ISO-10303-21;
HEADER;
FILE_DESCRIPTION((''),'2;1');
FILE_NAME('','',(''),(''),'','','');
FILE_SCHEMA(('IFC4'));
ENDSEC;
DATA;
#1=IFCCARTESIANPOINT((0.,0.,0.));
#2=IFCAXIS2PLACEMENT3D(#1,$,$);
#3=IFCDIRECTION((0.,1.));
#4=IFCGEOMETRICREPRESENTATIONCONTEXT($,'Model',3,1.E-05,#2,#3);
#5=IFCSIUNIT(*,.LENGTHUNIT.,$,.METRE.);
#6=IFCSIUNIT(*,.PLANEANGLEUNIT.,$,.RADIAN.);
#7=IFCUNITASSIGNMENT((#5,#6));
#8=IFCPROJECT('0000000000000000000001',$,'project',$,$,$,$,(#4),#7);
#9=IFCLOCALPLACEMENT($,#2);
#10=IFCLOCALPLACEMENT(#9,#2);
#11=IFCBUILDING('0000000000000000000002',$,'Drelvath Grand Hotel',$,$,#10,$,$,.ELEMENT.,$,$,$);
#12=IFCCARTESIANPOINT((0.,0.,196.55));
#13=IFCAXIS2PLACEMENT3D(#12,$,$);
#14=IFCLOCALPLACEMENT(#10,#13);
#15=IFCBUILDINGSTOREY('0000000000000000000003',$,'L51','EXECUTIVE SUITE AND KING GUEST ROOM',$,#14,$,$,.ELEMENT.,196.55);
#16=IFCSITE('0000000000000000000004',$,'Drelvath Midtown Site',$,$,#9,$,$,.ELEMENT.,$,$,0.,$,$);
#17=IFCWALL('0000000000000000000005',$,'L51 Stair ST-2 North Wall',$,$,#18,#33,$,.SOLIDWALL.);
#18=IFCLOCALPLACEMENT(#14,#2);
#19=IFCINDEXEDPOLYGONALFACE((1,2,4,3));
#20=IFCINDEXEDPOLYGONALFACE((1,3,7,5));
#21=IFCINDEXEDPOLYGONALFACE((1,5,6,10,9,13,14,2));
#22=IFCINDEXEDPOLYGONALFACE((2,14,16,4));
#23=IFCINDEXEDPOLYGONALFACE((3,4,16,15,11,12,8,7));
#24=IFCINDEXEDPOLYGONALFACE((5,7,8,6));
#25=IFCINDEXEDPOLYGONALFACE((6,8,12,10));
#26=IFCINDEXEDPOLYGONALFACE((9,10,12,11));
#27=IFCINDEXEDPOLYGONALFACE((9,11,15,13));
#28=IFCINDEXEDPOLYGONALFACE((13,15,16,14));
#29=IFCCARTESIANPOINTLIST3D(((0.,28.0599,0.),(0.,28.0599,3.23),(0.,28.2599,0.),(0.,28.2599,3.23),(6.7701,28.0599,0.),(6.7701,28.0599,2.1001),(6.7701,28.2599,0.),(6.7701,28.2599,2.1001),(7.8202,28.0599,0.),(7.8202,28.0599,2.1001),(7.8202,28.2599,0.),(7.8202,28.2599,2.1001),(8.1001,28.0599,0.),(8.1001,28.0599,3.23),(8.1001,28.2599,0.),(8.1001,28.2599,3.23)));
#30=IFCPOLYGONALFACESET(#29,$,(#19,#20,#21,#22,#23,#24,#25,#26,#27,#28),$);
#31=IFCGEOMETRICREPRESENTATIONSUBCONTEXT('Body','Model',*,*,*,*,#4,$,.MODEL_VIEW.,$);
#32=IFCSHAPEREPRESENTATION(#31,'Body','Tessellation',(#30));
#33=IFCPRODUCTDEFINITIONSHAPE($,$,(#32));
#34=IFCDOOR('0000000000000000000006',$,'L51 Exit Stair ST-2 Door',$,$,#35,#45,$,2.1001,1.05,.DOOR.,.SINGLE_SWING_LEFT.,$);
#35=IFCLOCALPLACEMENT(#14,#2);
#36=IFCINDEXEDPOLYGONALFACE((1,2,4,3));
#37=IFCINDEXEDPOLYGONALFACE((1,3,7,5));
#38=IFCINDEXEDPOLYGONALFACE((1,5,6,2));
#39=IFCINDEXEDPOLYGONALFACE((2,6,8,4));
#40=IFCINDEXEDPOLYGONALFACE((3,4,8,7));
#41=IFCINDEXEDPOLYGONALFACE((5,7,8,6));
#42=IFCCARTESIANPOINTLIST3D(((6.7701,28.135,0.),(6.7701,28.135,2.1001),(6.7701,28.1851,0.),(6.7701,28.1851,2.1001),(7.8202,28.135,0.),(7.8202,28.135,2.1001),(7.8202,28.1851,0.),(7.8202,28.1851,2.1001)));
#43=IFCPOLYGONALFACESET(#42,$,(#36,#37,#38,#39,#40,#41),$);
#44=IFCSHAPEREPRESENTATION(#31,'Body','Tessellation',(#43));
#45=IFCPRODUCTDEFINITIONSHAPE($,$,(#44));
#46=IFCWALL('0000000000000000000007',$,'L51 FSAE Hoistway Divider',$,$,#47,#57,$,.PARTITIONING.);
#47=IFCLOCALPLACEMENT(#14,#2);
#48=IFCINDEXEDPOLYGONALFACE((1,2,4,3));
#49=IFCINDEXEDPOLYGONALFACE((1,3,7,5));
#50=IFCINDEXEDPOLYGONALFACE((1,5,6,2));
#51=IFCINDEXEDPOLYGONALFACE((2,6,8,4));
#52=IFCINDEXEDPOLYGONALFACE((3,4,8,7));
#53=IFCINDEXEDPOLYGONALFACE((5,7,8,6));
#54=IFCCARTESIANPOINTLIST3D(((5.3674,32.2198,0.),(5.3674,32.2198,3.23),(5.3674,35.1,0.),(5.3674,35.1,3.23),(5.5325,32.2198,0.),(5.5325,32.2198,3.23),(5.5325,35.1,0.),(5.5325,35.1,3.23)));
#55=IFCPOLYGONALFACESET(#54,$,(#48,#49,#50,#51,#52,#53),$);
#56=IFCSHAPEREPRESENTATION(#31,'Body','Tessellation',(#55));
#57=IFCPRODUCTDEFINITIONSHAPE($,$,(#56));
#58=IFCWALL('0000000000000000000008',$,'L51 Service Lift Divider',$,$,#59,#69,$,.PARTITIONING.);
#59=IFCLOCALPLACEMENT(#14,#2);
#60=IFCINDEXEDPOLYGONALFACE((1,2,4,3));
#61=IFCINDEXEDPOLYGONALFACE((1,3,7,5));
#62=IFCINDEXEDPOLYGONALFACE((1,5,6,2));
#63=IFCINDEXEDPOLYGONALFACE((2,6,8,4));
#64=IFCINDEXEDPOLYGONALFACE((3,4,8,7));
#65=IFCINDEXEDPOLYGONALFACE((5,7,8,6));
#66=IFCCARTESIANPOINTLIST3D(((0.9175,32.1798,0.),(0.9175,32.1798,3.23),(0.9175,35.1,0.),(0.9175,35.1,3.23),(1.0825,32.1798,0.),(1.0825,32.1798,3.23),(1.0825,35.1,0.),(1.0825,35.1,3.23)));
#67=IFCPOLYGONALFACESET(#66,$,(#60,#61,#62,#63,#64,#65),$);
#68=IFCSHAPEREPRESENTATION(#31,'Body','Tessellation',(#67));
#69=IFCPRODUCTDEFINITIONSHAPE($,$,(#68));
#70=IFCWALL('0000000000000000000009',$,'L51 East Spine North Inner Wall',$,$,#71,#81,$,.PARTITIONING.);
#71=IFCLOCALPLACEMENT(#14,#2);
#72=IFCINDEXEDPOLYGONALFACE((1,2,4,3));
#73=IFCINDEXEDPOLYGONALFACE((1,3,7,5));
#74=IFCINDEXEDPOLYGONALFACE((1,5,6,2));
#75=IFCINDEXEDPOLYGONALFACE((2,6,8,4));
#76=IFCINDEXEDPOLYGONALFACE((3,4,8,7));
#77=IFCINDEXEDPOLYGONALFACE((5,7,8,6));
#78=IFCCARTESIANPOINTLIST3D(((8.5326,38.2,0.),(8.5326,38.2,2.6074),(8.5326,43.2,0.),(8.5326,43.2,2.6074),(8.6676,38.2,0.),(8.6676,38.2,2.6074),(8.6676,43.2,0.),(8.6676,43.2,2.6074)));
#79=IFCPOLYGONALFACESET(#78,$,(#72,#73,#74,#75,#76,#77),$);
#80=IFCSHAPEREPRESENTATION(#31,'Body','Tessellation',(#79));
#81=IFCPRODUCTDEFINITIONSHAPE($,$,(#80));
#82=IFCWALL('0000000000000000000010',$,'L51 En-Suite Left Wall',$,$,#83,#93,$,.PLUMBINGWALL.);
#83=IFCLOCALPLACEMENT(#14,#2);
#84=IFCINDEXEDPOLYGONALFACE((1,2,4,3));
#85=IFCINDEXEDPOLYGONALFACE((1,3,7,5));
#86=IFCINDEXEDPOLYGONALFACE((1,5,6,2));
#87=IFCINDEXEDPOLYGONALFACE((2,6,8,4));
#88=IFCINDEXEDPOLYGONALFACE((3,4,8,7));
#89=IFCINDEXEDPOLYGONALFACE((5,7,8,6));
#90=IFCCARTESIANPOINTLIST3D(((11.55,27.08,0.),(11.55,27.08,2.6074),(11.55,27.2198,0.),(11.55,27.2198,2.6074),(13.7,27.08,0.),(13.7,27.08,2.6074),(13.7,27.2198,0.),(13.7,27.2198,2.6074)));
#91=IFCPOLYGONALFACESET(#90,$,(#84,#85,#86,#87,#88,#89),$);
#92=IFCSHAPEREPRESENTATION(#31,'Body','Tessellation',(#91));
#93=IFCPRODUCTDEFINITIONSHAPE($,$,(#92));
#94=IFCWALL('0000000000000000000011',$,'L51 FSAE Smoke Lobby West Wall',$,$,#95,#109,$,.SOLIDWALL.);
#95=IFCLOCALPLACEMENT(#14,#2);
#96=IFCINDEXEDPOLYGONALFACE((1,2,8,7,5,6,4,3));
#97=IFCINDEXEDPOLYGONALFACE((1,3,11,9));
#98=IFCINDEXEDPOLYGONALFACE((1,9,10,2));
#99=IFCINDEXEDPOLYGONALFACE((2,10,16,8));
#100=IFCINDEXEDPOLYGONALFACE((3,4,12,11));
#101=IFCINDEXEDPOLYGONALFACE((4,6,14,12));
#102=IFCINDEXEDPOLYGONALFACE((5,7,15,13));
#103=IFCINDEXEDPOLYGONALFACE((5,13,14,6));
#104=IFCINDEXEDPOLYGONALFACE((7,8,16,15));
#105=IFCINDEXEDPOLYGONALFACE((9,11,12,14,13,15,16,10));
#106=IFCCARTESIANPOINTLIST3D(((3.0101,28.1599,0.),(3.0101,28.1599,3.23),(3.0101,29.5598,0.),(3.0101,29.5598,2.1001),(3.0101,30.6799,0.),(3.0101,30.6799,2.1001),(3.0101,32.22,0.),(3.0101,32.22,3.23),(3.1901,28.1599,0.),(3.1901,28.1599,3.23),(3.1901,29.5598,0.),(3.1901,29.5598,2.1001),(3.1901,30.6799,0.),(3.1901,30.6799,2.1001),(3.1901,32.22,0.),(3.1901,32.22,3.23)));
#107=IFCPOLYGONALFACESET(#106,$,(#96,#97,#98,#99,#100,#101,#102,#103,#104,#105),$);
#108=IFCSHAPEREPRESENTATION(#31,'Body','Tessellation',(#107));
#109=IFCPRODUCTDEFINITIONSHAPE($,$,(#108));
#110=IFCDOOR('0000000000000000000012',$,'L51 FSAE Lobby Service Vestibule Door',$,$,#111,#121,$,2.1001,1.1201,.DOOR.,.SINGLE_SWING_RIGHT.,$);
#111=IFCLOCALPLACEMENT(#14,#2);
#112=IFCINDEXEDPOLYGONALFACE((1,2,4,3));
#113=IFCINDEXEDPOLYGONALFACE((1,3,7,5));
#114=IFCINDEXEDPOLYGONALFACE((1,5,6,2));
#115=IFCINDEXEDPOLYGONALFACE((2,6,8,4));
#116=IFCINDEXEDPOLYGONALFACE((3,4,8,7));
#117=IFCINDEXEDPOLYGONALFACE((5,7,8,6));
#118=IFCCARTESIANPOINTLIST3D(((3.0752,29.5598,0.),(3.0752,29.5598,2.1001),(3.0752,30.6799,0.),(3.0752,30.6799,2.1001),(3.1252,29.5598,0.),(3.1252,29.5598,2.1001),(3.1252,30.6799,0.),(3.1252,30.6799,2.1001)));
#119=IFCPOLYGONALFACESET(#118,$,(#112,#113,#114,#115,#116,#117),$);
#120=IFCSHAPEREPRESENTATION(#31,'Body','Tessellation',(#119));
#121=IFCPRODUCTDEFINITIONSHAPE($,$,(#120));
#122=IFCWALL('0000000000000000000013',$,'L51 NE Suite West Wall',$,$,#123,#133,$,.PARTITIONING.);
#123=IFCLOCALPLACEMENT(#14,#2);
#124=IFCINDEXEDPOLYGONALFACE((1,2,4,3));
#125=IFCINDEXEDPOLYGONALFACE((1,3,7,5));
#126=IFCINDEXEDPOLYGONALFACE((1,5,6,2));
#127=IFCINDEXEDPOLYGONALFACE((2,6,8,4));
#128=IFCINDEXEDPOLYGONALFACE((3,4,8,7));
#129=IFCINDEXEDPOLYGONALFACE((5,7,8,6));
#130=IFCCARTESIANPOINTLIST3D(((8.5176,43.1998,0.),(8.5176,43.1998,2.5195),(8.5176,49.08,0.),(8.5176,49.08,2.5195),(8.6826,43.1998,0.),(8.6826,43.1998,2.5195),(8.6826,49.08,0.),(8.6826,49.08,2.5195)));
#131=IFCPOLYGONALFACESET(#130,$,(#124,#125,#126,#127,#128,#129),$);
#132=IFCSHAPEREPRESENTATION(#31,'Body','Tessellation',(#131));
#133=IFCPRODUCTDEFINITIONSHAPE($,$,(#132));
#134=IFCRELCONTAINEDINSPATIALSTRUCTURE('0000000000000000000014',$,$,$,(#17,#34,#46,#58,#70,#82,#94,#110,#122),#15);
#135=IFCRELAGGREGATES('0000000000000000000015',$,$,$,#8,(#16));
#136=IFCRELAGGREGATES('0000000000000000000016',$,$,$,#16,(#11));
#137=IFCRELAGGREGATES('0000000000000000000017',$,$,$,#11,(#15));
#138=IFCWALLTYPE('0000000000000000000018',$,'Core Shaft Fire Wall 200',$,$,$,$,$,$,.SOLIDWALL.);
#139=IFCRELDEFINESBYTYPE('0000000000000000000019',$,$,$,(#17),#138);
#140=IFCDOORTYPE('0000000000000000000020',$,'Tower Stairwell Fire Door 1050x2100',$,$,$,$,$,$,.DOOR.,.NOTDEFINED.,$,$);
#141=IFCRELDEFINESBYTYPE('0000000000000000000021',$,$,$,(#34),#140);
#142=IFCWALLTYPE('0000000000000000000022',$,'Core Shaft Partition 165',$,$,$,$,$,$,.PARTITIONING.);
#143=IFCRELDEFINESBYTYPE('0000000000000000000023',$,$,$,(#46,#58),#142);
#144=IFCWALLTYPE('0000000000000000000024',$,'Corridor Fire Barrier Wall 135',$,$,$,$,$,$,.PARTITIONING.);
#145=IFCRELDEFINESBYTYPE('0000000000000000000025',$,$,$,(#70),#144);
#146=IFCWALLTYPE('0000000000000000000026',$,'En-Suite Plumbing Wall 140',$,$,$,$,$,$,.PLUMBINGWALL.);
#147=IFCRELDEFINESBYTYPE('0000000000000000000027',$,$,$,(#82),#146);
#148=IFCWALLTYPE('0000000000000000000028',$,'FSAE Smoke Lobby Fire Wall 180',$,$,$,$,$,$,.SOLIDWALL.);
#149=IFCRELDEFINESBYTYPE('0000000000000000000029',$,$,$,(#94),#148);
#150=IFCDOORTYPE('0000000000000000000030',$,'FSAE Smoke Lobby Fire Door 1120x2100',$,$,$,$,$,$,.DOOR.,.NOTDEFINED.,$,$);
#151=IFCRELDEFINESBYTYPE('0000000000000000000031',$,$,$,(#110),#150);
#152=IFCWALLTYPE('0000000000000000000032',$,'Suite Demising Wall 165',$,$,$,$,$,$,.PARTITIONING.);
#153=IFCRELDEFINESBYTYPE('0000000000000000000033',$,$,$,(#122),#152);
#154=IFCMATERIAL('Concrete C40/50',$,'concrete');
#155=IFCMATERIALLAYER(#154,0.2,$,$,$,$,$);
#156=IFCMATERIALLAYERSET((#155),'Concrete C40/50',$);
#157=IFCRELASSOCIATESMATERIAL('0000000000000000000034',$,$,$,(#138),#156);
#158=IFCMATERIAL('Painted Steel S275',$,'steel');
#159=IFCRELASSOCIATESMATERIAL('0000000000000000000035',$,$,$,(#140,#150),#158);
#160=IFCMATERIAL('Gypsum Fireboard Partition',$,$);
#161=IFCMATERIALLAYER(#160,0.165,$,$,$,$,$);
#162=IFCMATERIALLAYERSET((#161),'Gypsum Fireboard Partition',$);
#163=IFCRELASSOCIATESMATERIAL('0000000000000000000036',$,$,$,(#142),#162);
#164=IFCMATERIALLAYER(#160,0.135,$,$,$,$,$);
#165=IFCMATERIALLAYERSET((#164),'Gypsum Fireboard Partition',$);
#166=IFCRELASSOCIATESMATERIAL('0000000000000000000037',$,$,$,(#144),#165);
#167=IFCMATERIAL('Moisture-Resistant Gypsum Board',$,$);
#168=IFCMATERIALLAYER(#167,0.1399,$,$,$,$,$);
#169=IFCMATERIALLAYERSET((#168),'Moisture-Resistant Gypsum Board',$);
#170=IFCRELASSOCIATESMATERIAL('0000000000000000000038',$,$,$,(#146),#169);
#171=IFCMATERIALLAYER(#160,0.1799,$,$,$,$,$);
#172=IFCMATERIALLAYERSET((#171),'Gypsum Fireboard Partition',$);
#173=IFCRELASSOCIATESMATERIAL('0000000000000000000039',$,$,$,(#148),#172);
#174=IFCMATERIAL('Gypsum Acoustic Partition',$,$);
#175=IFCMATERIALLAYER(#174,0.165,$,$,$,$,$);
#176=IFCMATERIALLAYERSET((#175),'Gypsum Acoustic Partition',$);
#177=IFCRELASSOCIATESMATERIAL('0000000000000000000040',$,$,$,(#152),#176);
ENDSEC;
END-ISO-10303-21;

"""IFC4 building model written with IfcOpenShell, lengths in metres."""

from ifc_helpers import new_model, si_unit, direction, frame, frame_2d, origin, place, context, subcontext, project, spatial, rectangle, extrude, material, layer, layer_set, type_object, element, fill, save


model = new_model("IFC4")

# Units and contexts
model_context = context("Model", 3, precision=1e-05, world=origin(), true_north=direction((0.0, 1.0)))
body_context = subcontext(model_context, "Body", "Model", "MODEL_VIEW")
ifc_project = project(units=[si_unit("LENGTHUNIT", "METRE"), si_unit("PLANEANGLEUNIT", "RADIAN")], contexts=[model_context])

# Site, building, storey
site_placement = place(None, origin())
site = spatial("IfcSite", under=ifc_project, at=site_placement, Name="Drelvath Midtown Site", CompositionType="ELEMENT", RefElevation=0.0)
building_placement = place(site_placement, origin())
building = spatial("IfcBuilding", under=site, at=building_placement, Name="Drelvath Grand Hotel", CompositionType="ELEMENT")
storey_placement = place(building_placement, frame((0.0, 0.0, 196.55)))
storey = spatial("IfcBuildingStorey", under=building, at=storey_placement, Name="L51", Description="EXECUTIVE SUITE AND KING GUEST ROOM", CompositionType="ELEMENT", Elevation=196.55)

# Shared definitions
ifc_material_1 = material(Name="Concrete C40/50", Category="concrete")

# Wall, opening, door
ifc_layer_1 = layer(ifc_material_1, 0.2)
ifc_layer_set_1 = layer_set([ifc_layer_1], Name="Concrete C40/50")
wall_type_1 = type_object("IfcWallType", Name="Core Shaft Fire Wall 200", PredefinedType="SOLIDWALL", material=ifc_layer_set_1)
wall_1_placement = place(storey_placement, frame((8.1001, 28.1599, 0.0), z_axis=(0.0, 0.0, 1.0), x_axis=(-1.0, 0.0, 0.0)))
wall_1 = element("IfcWall", 1, at=wall_1_placement, inside=storey, type_object=wall_type_1, Name="L51 Stair ST-2 North Wall", PredefinedType="SOLIDWALL", context=body_context, shape_type="SweptSolid", body=[
    extrude(rectangle(XDim=8.1001, YDim=0.2, at=frame_2d((4.05, 0.0))), origin(), (0.0, 0.0, 1.0), 3.23),
])
opening_1_placement = place(wall_1_placement, frame((0.28, 0.0, 0.0)))
opening_1 = element("IfcOpeningElement", 2, at=opening_1_placement, cuts=wall_1, PredefinedType="OPENING", context=body_context, shape_type="SweptSolid", body=[
    extrude(rectangle(XDim=1.05, YDim=2.1001, at=frame_2d((0.5249, 1.05))), frame((0.0, 0.1099, 0.0), z_axis=(0.0, -1.0, 0.0), x_axis=(1.0, 0.0, 0.0)), (0.0, 0.0, 1.0), 0.22),
])
ifc_material_2 = material(Name="Painted Steel S275", Category="steel")
door_type_1 = type_object("IfcDoorType", Name="Tower Stairwell Fire Door 1050x2100", OperationType="NOTDEFINED", PredefinedType="DOOR", material=ifc_material_2)
door_1_placement = place(opening_1_placement, origin())
door_1 = element("IfcDoor", 3, at=door_1_placement, inside=storey, type_object=door_type_1, Name="L51 Exit Stair ST-2 Door", OperationType="SINGLE_SWING_LEFT", OverallHeight=2.1001, OverallWidth=1.05, PredefinedType="DOOR", context=body_context, shape_type="SweptSolid", body=[
    extrude(rectangle(XDim=1.05, YDim=2.1001, at=frame_2d((0.5249, 1.05))), frame((0.0, 0.0249, 0.0), z_axis=(0.0, -1.0, 0.0), x_axis=(1.0, 0.0, 0.0)), (0.0, 0.0, 1.0), 0.05),
])
fill(opening_1, door_1)

# Walls
ifc_material_3 = material(Name="Gypsum Fireboard Partition")
ifc_layer_2 = layer(ifc_material_3, 0.165)
ifc_layer_set_2 = layer_set([ifc_layer_2], Name="Gypsum Fireboard Partition")
wall_type_2 = type_object("IfcWallType", Name="Core Shaft Partition 165", PredefinedType="PARTITIONING", material=ifc_layer_set_2)
wall_2_placement = place(storey_placement, frame((5.45, 32.22, 0.0), z_axis=(0.0, 0.0, 1.0), x_axis=(0.0, 1.0, 0.0)))
element("IfcWall", 4, at=wall_2_placement, inside=storey, type_object=wall_type_2, Name="L51 FSAE Hoistway Divider", PredefinedType="PARTITIONING", context=body_context, shape_type="SweptSolid", body=[
    extrude(rectangle(XDim=2.8801, YDim=0.165, at=frame_2d((1.4399, 0.0))), origin(), (0.0, 0.0, 1.0), 3.23),
])
wall_3_placement = place(storey_placement, frame((1.0, 32.1799, 0.0), z_axis=(0.0, 0.0, 1.0), x_axis=(0.0, 1.0, 0.0)))
element("IfcWall", 5, at=wall_3_placement, inside=storey, type_object=wall_type_2, Name="L51 Service Lift Divider", PredefinedType="PARTITIONING", context=body_context, shape_type="SweptSolid", body=[
    extrude(rectangle(XDim=2.9202, YDim=0.165, at=frame_2d((1.46, 0.0))), origin(), (0.0, 0.0, 1.0), 3.23),
])
ifc_layer_3 = layer(ifc_material_3, 0.135)
ifc_layer_set_3 = layer_set([ifc_layer_3], Name="Gypsum Fireboard Partition")
wall_type_3 = type_object("IfcWallType", Name="Corridor Fire Barrier Wall 135", PredefinedType="PARTITIONING", material=ifc_layer_set_3)
wall_4_placement = place(storey_placement, frame((8.6001, 38.2, 0.0), z_axis=(0.0, 0.0, 1.0), x_axis=(0.0, 1.0, 0.0)))
element("IfcWall", 6, at=wall_4_placement, inside=storey, type_object=wall_type_3, Name="L51 East Spine North Inner Wall", PredefinedType="PARTITIONING", context=body_context, shape_type="SweptSolid", body=[
    extrude(rectangle(XDim=5.0, YDim=0.135, at=frame_2d((2.5, 0.0))), origin(), (0.0, 0.0, 1.0), 2.6074),
])

# Wall
ifc_material_4 = material(Name="Moisture-Resistant Gypsum Board")
ifc_layer_4 = layer(ifc_material_4, 0.1399)
ifc_layer_set_4 = layer_set([ifc_layer_4], Name="Moisture-Resistant Gypsum Board")
wall_type_4 = type_object("IfcWallType", Name="En-Suite Plumbing Wall 140", PredefinedType="PLUMBINGWALL", material=ifc_layer_set_4)
wall_5_placement = place(storey_placement, frame((11.55, 27.1499, 0.0), z_axis=(0.0, 0.0, 1.0), x_axis=(1.0, 0.0, 0.0)))
element("IfcWall", 7, at=wall_5_placement, inside=storey, type_object=wall_type_4, Name="L51 En-Suite Left Wall", PredefinedType="PLUMBINGWALL", context=body_context, shape_type="SweptSolid", body=[
    extrude(rectangle(XDim=2.1499, YDim=0.1399, at=frame_2d((1.075, 0.0))), origin(), (0.0, 0.0, 1.0), 2.6074),
])

# Wall, opening, door
ifc_layer_5 = layer(ifc_material_3, 0.1799)
ifc_layer_set_5 = layer_set([ifc_layer_5], Name="Gypsum Fireboard Partition")
wall_type_5 = type_object("IfcWallType", Name="FSAE Smoke Lobby Fire Wall 180", PredefinedType="SOLIDWALL", material=ifc_layer_set_5)
wall_6_placement = place(storey_placement, frame((3.1001, 28.1599, 0.0), z_axis=(0.0, 0.0, 1.0), x_axis=(0.0, 1.0, 0.0)))
wall_6 = element("IfcWall", 8, at=wall_6_placement, inside=storey, type_object=wall_type_5, Name="L51 FSAE Smoke Lobby West Wall", PredefinedType="SOLIDWALL", context=body_context, shape_type="SweptSolid", body=[
    extrude(rectangle(XDim=4.0601, YDim=0.1799, at=frame_2d((2.03, 0.0))), origin(), (0.0, 0.0, 1.0), 3.23),
])
opening_2_placement = place(wall_6_placement, frame((1.3999, 0.0, 0.0)))
opening_2 = element("IfcOpeningElement", 9, at=opening_2_placement, cuts=wall_6, PredefinedType="OPENING", context=body_context, shape_type="SweptSolid", body=[
    extrude(rectangle(XDim=1.1201, YDim=2.1001, at=frame_2d((0.5601, 1.05))), frame((0.0, 0.0999, 0.0), z_axis=(0.0, -1.0, 0.0), x_axis=(1.0, 0.0, 0.0)), (0.0, 0.0, 1.0), 0.2),
])
door_type_2 = type_object("IfcDoorType", Name="FSAE Smoke Lobby Fire Door 1120x2100", OperationType="NOTDEFINED", PredefinedType="DOOR", material=ifc_material_2)
door_2_placement = place(opening_2_placement, origin())
door_2 = element("IfcDoor", 10, at=door_2_placement, inside=storey, type_object=door_type_2, Name="L51 FSAE Lobby Service Vestibule Door", OperationType="SINGLE_SWING_RIGHT", OverallHeight=2.1001, OverallWidth=1.1201, PredefinedType="DOOR", context=body_context, shape_type="SweptSolid", body=[
    extrude(rectangle(XDim=1.1201, YDim=2.1001, at=frame_2d((0.5601, 1.05))), frame((0.0, 0.0249, 0.0), z_axis=(0.0, -1.0, 0.0), x_axis=(1.0, 0.0, 0.0)), (0.0, 0.0, 1.0), 0.05),
])
fill(opening_2, door_2)

# Wall
ifc_material_5 = material(Name="Gypsum Acoustic Partition")
ifc_layer_6 = layer(ifc_material_5, 0.165)
ifc_layer_set_6 = layer_set([ifc_layer_6], Name="Gypsum Acoustic Partition")
wall_type_6 = type_object("IfcWallType", Name="Suite Demising Wall 165", PredefinedType="PARTITIONING", material=ifc_layer_set_6)
wall_7_placement = place(storey_placement, frame((8.6001, 43.2, 0.0), z_axis=(0.0, 0.0, 1.0), x_axis=(0.0, 1.0, 0.0)))
element("IfcWall", 11, at=wall_7_placement, inside=storey, type_object=wall_type_6, Name="L51 NE Suite West Wall", PredefinedType="PARTITIONING", context=body_context, shape_type="SweptSolid", body=[
    extrude(rectangle(XDim=5.8801, YDim=0.165, at=frame_2d((2.9399, 0.0))), origin(), (0.0, 0.0, 1.0), 2.5195),
])

save(model, "model.ifc")
